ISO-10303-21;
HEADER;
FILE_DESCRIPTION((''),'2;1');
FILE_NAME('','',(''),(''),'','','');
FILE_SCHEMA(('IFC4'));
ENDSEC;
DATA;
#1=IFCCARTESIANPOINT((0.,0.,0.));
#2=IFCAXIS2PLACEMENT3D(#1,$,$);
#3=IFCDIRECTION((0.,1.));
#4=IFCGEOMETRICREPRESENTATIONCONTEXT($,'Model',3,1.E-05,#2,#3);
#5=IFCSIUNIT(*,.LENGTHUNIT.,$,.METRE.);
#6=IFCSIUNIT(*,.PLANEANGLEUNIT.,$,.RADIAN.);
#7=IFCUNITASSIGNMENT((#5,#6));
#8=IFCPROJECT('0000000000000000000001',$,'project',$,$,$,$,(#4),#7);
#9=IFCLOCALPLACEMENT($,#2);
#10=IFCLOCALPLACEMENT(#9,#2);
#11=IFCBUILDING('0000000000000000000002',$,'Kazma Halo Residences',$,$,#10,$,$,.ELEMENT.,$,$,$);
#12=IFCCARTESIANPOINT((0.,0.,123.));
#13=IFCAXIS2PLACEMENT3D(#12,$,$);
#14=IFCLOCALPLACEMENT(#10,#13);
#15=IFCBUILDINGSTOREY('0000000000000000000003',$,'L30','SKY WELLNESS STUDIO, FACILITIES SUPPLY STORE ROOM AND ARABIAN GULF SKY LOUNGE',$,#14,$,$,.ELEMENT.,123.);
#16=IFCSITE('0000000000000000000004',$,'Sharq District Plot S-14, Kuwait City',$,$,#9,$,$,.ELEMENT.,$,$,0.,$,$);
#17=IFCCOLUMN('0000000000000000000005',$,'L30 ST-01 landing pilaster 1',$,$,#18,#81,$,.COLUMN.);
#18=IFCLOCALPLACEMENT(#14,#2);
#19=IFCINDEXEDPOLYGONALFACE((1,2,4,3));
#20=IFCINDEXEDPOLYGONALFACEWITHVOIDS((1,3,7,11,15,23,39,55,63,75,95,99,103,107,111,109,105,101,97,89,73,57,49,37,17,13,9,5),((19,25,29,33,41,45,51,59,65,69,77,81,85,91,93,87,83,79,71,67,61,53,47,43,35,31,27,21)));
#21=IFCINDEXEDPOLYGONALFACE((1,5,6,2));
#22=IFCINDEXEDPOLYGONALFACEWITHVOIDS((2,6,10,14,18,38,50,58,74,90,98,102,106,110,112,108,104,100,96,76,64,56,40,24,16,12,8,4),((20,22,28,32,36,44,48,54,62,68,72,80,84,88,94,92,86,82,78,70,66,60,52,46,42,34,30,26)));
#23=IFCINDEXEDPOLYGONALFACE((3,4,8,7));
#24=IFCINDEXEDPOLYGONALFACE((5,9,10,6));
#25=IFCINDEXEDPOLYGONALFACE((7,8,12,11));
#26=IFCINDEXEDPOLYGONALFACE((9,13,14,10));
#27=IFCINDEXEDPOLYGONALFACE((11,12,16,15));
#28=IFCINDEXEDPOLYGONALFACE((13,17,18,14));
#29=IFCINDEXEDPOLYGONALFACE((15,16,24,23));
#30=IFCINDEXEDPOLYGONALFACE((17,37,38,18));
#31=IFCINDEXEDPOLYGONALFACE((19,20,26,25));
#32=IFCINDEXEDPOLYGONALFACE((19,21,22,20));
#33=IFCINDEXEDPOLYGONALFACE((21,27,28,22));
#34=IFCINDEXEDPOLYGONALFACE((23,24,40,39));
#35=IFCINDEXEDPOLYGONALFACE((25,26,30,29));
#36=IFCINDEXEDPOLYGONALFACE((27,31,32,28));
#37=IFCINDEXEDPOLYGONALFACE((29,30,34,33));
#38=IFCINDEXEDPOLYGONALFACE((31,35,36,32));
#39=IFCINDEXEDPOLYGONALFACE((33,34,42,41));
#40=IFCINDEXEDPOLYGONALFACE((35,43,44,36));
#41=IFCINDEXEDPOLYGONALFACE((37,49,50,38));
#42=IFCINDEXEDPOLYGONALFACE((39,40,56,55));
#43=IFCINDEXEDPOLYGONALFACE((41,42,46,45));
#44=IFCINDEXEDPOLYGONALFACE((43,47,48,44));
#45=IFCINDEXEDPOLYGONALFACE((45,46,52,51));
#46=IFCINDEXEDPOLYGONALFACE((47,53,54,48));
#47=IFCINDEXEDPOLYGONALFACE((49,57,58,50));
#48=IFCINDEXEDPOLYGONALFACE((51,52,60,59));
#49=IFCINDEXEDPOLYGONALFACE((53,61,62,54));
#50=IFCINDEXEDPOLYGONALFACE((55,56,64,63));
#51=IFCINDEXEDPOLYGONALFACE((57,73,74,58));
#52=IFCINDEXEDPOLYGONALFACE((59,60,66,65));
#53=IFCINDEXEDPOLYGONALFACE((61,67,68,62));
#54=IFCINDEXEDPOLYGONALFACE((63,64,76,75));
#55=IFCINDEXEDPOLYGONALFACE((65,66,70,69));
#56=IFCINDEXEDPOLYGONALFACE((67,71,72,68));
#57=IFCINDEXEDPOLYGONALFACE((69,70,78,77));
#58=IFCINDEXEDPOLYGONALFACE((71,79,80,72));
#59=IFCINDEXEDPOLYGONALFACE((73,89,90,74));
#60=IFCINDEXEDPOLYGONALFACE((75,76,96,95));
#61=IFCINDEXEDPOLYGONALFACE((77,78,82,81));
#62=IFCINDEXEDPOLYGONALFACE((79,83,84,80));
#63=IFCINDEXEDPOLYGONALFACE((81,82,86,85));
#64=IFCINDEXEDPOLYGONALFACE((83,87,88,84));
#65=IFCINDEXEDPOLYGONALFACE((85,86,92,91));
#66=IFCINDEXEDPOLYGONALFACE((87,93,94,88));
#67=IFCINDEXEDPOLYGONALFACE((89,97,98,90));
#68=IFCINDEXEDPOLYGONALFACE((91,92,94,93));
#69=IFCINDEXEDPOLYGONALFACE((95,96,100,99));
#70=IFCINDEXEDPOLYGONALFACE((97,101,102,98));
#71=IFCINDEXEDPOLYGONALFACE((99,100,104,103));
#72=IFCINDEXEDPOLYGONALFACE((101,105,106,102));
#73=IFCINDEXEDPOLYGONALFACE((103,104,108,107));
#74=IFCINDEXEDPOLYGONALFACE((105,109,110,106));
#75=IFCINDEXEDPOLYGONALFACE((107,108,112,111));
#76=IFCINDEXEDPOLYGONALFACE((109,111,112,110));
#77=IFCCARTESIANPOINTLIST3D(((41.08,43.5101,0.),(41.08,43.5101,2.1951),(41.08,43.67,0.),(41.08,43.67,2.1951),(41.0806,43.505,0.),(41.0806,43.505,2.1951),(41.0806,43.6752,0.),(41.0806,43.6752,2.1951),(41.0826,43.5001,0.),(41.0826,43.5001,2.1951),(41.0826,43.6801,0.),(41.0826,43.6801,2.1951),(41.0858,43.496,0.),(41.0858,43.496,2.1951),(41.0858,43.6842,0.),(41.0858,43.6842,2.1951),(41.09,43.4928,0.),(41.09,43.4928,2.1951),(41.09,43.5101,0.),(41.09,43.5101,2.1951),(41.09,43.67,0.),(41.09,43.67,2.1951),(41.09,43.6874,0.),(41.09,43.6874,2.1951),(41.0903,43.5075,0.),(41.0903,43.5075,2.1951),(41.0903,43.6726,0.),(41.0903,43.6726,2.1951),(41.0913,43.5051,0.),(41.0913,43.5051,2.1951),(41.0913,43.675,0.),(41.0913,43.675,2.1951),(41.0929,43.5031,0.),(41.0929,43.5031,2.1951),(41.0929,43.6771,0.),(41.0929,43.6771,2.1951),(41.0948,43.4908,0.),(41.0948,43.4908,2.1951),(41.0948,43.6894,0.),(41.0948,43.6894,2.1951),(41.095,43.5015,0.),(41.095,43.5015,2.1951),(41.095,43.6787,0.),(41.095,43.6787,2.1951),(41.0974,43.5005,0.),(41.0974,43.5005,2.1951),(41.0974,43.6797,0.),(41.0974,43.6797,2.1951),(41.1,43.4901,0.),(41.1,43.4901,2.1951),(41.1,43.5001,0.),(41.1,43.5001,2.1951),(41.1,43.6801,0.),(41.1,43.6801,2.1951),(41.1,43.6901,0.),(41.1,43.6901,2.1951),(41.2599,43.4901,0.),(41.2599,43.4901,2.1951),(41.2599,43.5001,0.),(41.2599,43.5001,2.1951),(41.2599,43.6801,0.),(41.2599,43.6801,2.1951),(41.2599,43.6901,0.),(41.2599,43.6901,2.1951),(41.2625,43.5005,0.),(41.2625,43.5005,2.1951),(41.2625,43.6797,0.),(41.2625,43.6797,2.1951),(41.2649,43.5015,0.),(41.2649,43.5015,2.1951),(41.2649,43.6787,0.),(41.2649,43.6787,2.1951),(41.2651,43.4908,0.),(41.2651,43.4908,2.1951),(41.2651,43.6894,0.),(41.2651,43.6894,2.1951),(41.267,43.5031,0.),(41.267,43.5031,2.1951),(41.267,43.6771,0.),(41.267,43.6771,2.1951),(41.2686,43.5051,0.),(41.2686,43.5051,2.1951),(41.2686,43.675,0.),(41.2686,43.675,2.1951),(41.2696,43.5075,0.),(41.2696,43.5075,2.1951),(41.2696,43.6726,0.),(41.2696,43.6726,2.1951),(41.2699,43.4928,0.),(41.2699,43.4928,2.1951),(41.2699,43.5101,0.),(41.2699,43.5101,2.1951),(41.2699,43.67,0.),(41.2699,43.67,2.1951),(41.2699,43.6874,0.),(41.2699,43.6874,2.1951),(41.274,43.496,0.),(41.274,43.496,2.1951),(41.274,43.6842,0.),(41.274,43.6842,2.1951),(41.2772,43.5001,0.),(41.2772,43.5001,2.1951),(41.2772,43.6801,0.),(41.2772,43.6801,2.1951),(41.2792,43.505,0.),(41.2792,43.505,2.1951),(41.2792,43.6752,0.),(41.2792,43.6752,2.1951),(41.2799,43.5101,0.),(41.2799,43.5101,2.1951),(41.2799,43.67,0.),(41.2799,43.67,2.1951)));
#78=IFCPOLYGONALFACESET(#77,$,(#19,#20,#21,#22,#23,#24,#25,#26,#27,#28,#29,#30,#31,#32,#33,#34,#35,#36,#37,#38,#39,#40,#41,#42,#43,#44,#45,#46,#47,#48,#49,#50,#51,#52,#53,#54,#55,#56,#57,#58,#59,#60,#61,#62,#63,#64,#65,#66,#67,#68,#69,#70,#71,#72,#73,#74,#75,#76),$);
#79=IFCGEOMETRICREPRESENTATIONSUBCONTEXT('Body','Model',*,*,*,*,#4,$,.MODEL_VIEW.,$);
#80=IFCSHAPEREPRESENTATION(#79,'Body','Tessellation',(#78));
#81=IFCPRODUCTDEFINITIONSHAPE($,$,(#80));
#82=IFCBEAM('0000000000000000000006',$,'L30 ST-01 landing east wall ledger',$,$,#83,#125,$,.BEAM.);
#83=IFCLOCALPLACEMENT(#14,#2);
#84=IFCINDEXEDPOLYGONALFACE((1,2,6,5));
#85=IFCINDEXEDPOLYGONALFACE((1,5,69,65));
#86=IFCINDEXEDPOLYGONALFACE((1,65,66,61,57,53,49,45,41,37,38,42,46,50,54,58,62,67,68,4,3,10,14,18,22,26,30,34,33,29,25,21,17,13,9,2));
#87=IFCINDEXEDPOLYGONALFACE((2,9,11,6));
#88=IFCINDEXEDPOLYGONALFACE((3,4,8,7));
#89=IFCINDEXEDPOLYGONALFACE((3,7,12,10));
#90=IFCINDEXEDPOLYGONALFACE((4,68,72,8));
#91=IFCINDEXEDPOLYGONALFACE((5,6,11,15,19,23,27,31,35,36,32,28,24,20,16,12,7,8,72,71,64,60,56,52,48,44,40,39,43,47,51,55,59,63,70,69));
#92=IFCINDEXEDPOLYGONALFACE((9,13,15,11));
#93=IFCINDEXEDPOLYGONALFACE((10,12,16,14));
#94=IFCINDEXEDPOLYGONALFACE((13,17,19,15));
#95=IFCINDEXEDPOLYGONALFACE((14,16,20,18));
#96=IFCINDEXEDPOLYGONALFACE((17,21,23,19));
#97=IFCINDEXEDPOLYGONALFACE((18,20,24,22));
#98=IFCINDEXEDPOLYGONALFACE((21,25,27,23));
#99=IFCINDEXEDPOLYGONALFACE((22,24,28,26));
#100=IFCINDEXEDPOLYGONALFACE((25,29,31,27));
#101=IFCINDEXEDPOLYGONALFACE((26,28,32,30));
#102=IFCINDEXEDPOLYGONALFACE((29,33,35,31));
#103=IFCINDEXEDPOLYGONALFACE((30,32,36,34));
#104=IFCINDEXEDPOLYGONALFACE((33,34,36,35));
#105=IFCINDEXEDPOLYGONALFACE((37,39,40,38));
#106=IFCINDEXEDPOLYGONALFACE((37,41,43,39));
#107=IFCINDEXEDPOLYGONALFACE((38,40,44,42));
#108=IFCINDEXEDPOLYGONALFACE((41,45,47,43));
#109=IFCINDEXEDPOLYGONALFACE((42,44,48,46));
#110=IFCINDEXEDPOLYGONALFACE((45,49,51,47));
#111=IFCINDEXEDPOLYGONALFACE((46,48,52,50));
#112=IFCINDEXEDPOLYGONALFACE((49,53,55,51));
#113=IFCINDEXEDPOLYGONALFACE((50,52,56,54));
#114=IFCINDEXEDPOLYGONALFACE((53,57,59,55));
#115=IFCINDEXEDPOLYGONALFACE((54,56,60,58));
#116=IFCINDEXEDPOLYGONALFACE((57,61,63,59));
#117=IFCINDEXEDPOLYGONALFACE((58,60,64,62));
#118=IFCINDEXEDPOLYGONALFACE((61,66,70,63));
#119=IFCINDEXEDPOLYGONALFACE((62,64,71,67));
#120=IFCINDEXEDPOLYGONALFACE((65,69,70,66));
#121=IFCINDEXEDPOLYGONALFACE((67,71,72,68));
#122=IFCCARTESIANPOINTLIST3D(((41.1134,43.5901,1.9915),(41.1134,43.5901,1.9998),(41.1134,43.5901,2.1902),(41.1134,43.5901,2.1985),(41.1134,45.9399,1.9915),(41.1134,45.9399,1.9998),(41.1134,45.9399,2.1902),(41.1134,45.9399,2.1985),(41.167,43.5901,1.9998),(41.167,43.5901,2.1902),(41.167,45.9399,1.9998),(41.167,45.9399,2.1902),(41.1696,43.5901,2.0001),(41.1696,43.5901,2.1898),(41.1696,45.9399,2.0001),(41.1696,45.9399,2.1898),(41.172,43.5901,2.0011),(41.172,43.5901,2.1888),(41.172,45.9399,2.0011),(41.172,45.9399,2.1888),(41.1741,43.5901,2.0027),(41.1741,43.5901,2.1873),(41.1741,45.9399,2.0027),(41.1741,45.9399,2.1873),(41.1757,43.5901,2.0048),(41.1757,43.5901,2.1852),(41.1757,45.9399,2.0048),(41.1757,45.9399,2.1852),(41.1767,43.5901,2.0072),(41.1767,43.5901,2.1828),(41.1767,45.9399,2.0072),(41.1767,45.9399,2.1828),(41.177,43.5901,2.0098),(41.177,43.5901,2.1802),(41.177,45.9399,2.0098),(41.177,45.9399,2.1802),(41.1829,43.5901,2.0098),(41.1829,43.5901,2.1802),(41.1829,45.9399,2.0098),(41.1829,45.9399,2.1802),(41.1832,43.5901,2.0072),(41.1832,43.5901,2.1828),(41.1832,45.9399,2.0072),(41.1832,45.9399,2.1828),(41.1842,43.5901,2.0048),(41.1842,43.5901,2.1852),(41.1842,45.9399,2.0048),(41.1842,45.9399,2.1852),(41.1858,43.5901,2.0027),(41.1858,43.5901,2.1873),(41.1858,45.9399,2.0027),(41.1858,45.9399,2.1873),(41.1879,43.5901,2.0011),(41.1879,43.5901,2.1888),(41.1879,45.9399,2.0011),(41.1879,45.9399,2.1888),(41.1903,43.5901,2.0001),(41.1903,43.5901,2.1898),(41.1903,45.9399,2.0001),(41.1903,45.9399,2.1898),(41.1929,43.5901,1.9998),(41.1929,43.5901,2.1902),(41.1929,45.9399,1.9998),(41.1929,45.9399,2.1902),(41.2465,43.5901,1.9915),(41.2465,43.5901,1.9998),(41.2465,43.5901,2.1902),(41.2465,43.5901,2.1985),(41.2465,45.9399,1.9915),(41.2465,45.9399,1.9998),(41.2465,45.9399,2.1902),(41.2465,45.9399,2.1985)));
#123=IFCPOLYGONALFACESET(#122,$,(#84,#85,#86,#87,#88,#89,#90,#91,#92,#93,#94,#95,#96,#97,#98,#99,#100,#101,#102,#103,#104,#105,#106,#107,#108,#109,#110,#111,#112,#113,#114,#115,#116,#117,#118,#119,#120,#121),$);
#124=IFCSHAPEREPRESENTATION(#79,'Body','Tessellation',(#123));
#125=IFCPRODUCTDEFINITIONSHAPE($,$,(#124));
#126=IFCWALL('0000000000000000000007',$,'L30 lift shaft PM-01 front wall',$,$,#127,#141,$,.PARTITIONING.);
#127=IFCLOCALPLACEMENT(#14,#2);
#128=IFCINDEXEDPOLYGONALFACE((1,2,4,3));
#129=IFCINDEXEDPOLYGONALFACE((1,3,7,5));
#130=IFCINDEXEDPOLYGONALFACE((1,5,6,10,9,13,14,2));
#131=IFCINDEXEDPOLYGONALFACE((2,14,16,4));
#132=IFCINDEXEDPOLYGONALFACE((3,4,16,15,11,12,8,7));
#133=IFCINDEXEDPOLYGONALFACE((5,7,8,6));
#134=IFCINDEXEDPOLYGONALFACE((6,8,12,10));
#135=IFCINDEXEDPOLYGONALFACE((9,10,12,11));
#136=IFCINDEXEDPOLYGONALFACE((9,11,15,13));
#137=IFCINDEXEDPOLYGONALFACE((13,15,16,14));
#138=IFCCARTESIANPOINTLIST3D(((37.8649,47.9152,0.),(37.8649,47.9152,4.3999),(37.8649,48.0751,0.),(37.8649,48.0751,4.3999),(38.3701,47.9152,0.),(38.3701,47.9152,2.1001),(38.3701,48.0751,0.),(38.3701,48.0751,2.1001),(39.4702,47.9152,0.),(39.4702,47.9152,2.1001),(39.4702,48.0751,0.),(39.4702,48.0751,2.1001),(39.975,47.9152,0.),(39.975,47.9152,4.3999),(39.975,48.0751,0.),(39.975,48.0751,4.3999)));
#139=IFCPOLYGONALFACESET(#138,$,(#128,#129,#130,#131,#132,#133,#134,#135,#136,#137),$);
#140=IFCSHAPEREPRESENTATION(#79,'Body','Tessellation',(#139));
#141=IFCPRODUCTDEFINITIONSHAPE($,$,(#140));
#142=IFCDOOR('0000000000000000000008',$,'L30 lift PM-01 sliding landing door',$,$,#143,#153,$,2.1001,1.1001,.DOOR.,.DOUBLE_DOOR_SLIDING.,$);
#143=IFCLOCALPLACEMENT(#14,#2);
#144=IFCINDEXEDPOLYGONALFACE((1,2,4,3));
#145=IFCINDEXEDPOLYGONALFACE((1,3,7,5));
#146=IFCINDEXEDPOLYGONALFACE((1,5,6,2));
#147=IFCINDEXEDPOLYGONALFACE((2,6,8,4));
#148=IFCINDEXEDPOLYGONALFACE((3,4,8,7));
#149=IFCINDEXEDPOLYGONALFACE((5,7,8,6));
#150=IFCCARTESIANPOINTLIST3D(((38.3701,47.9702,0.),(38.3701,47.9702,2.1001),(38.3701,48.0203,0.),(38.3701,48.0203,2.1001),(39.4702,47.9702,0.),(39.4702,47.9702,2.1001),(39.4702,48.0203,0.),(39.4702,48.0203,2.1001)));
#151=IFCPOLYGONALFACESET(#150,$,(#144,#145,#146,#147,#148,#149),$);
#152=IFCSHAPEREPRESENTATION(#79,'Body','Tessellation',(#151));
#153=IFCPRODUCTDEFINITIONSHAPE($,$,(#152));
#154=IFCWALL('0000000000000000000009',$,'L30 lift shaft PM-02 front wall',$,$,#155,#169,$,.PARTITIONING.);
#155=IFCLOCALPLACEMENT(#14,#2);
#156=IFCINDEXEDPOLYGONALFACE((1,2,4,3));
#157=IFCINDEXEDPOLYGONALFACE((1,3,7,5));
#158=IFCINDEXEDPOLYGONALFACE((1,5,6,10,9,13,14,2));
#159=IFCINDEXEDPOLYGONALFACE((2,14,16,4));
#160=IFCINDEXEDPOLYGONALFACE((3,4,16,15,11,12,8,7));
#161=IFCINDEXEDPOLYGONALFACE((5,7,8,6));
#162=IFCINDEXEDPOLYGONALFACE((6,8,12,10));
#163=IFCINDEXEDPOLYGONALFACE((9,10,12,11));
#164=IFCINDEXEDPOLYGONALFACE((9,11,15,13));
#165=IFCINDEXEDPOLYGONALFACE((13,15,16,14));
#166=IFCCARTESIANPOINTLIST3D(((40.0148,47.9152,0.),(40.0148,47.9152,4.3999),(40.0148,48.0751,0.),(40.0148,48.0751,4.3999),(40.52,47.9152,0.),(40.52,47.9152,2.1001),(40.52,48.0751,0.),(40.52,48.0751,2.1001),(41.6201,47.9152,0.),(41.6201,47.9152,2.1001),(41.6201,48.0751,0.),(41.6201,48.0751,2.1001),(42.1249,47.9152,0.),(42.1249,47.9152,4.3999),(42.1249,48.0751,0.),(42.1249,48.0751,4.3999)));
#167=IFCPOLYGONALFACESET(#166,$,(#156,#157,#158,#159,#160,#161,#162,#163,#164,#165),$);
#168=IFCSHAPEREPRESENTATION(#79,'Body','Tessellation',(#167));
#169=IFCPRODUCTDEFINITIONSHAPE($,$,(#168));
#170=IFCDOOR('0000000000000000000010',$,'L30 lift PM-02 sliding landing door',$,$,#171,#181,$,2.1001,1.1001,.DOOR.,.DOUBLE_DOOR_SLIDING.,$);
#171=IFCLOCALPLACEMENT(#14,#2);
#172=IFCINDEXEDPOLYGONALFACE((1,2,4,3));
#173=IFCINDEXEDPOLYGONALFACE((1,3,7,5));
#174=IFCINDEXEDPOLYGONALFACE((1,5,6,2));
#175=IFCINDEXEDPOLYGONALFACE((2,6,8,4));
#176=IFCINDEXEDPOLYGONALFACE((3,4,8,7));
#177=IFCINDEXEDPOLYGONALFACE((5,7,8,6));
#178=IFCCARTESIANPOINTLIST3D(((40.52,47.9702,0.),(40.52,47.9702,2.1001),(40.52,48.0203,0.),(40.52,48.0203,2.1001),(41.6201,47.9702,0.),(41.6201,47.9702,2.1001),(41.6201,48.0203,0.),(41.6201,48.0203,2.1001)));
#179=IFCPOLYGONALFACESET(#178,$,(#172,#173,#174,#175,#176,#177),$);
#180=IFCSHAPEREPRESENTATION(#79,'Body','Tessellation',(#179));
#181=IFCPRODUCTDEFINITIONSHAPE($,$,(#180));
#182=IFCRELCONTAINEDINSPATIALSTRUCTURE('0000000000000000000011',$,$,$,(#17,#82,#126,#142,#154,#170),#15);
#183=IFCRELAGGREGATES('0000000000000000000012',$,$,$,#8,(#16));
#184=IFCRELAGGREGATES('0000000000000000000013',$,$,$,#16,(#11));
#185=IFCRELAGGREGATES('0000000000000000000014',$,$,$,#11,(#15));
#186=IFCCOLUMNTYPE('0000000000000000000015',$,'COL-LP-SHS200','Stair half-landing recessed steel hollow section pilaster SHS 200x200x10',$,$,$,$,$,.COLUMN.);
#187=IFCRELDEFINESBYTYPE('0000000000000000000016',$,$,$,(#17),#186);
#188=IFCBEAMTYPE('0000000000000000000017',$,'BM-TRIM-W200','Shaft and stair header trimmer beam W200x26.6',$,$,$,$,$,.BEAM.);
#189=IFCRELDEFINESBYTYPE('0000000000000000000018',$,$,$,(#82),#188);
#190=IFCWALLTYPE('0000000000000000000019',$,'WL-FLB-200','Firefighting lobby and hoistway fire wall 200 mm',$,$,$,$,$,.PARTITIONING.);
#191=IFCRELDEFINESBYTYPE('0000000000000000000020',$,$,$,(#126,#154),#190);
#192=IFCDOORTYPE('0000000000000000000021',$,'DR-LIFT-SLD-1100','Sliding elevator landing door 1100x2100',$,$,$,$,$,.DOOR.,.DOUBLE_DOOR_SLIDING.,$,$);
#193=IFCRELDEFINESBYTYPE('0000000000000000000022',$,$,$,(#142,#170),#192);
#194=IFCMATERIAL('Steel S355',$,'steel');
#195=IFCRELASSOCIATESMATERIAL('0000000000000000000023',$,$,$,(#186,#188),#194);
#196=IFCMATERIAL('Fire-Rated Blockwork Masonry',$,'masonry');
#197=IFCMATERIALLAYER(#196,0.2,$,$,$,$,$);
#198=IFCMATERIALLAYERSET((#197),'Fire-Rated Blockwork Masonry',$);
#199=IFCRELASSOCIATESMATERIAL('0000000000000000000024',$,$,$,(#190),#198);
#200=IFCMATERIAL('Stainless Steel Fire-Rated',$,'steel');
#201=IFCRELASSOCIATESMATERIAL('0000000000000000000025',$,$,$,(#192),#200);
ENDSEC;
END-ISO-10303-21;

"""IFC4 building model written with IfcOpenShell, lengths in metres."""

from ifc_helpers import new_model, si_unit, direction, frame, frame_2d, origin, origin_2d, place, context, subcontext, project, spatial, rectangle, hollow_rectangle, i_section, extrude, material, layer, layer_set, material_profile, profile_set, type_object, element, fill, save


model = new_model("IFC4")

# Units and contexts
model_context = context("Model", 3, precision=1e-05, world=origin(), true_north=direction((0.0, 1.0)))
body_context = subcontext(model_context, "Body", "Model", "MODEL_VIEW")
ifc_project = project(units=[si_unit("LENGTHUNIT", "METRE"), si_unit("PLANEANGLEUNIT", "RADIAN")], contexts=[model_context])

# Site, building, storey
site_placement = place(None, origin())
site = spatial("IfcSite", under=ifc_project, at=site_placement, Name="Sharq District Plot S-14, Kuwait City", CompositionType="ELEMENT", RefElevation=0.0)
building_placement = place(site_placement, origin())
building = spatial("IfcBuilding", under=site, at=building_placement, Name="Kazma Halo Residences", CompositionType="ELEMENT")
storey_placement = place(building_placement, frame((0.0, 0.0, 123.0)))
storey = spatial("IfcBuildingStorey", under=building, at=storey_placement, Name="L30", Description="SKY WELLNESS STUDIO, FACILITIES SUPPLY STORE ROOM AND ARABIAN GULF SKY LOUNGE", CompositionType="ELEMENT", Elevation=123.0)

# Column
ifc_material_1 = material(Name="Steel S355", Category="steel")
ifc_material_profile_1 = material_profile(ifc_material_1, hollow_rectangle(XDim=0.2, YDim=0.2, WallThickness=0.01, InnerFilletRadius=0.01, OuterFilletRadius=0.02, at=origin_2d()), Name="SHS200x200x10")
ifc_profile_set_1 = profile_set([ifc_material_profile_1], Name="Steel S355")
column_type = type_object("IfcColumnType", Name="COL-LP-SHS200", Description="Stair half-landing recessed steel hollow section pilaster SHS 200x200x10", PredefinedType="COLUMN", material=ifc_profile_set_1)
column_placement = place(storey_placement, frame((41.1799, 43.5901, 0.0), z_axis=(0.0, 0.0, 1.0), x_axis=(1.0, 0.0, 0.0)))
element("IfcColumn", 1, at=column_placement, inside=storey, type_object=column_type, Name="L30 ST-01 landing pilaster 1", PredefinedType="COLUMN", context=body_context, shape_type="SweptSolid", body=[
    extrude(hollow_rectangle(XDim=0.2, YDim=0.2, WallThickness=0.01, InnerFilletRadius=0.01, OuterFilletRadius=0.02, at=origin_2d()), origin(), (0.0, 0.0, 1.0), 2.1951),
])

# Beam
ifc_material_profile_2 = material_profile(ifc_material_1, i_section(OverallWidth=0.1331, OverallDepth=0.207, WebThickness=0.0059, FlangeThickness=0.0083, FilletRadius=0.01, at=origin_2d()), Name="W200x26.6")
ifc_profile_set_2 = profile_set([ifc_material_profile_2], Name="Steel S355")
beam_type = type_object("IfcBeamType", Name="BM-TRIM-W200", Description="Shaft and stair header trimmer beam W200x26.6", PredefinedType="BEAM", material=ifc_profile_set_2)
beam_placement = place(storey_placement, frame((41.1799, 43.5901, 2.095), z_axis=(0.0, 1.0, 0.0), x_axis=(-1.0, 0.0, 0.0)))
element("IfcBeam", 2, at=beam_placement, inside=storey, type_object=beam_type, Name="L30 ST-01 landing east wall ledger", PredefinedType="BEAM", context=body_context, shape_type="SweptSolid", body=[
    extrude(i_section(OverallWidth=0.1331, OverallDepth=0.207, WebThickness=0.0059, FlangeThickness=0.0083, FilletRadius=0.01, at=origin_2d()), origin(), (0.0, 0.0, 1.0), 2.3499),
])

# Walls, openings, doors
ifc_material_2 = material(Name="Fire-Rated Blockwork Masonry", Category="masonry")
ifc_layer_1 = layer(ifc_material_2, 0.2)
ifc_layer_set_1 = layer_set([ifc_layer_1], Name="Fire-Rated Blockwork Masonry")
wall_type_1 = type_object("IfcWallType", Name="WL-FLB-200", Description="Firefighting lobby and hoistway fire wall 200 mm", PredefinedType="PARTITIONING", material=ifc_layer_set_1)
wall_1_placement = place(storey_placement, frame((39.9751, 47.9951, 0.0), z_axis=(0.0, 0.0, 1.0), x_axis=(-1.0, 0.0, 0.0)))
wall_1 = element("IfcWall", 3, at=wall_1_placement, inside=storey, type_object=wall_type_1, Name="L30 lift shaft PM-01 front wall", PredefinedType="PARTITIONING", context=body_context, shape_type="SweptSolid", body=[
    extrude(rectangle(XDim=2.1101, YDim=0.1599, at=frame_2d((1.0552, 0.0))), origin(), (0.0, 0.0, 1.0), 4.3999),
])
opening_1_placement = place(wall_1_placement, frame((0.5049, 0.0, 0.0)))
opening_1 = element("IfcOpeningElement", 4, at=opening_1_placement, cuts=wall_1, PredefinedType="OPENING", context=body_context, shape_type="SweptSolid", body=[
    extrude(rectangle(XDim=1.1001, YDim=2.1001, at=frame_2d((0.55, 1.05))), frame((0.0, 0.0898, 0.0), z_axis=(0.0, -1.0, 0.0), x_axis=(1.0, 0.0, 0.0)), (0.0, 0.0, 1.0), 0.1799),
])
ifc_material_3 = material(Name="Stainless Steel Fire-Rated", Category="steel")
door_type_1 = type_object("IfcDoorType", Name="DR-LIFT-SLD-1100", Description="Sliding elevator landing door 1100x2100", OperationType="DOUBLE_DOOR_SLIDING", PredefinedType="DOOR", material=ifc_material_3)
door_1_placement = place(opening_1_placement, origin())
door_1 = element("IfcDoor", 5, at=door_1_placement, inside=storey, type_object=door_type_1, Name="L30 lift PM-01 sliding landing door", OperationType="DOUBLE_DOOR_SLIDING", OverallHeight=2.1001, OverallWidth=1.1001, PredefinedType="DOOR", context=body_context, shape_type="SweptSolid", body=[
    extrude(rectangle(XDim=1.1001, YDim=2.1001, at=frame_2d((0.55, 1.05))), frame((0.0, 0.0249, 0.0), z_axis=(0.0, -1.0, 0.0), x_axis=(1.0, 0.0, 0.0)), (0.0, 0.0, 1.0), 0.05),
])
fill(opening_1, door_1)
wall_2_placement = place(storey_placement, frame((42.125, 47.9951, 0.0), z_axis=(0.0, 0.0, 1.0), x_axis=(-1.0, 0.0, 0.0)))
wall_2 = element("IfcWall", 6, at=wall_2_placement, inside=storey, type_object=wall_type_1, Name="L30 lift shaft PM-02 front wall", PredefinedType="PARTITIONING", context=body_context, shape_type="SweptSolid", body=[
    extrude(rectangle(XDim=2.1101, YDim=0.1599, at=frame_2d((1.0552, 0.0))), origin(), (0.0, 0.0, 1.0), 4.3999),
])
opening_2_placement = place(wall_2_placement, frame((0.5049, 0.0, 0.0)))
opening_2 = element("IfcOpeningElement", 7, at=opening_2_placement, cuts=wall_2, PredefinedType="OPENING", context=body_context, shape_type="SweptSolid", body=[
    extrude(rectangle(XDim=1.1001, YDim=2.1001, at=frame_2d((0.55, 1.05))), frame((0.0, 0.0898, 0.0), z_axis=(0.0, -1.0, 0.0), x_axis=(1.0, 0.0, 0.0)), (0.0, 0.0, 1.0), 0.1799),
])
door_2_placement = place(opening_2_placement, origin())
door_2 = element("IfcDoor", 8, at=door_2_placement, inside=storey, type_object=door_type_1, Name="L30 lift PM-02 sliding landing door", OperationType="DOUBLE_DOOR_SLIDING", OverallHeight=2.1001, OverallWidth=1.1001, PredefinedType="DOOR", context=body_context, shape_type="SweptSolid", body=[
    extrude(rectangle(XDim=1.1001, YDim=2.1001, at=frame_2d((0.55, 1.05))), frame((0.0, 0.0249, 0.0), z_axis=(0.0, -1.0, 0.0), x_axis=(1.0, 0.0, 0.0)), (0.0, 0.0, 1.0), 0.05),
])
fill(opening_2, door_2)

save(model, "model.ifc")
